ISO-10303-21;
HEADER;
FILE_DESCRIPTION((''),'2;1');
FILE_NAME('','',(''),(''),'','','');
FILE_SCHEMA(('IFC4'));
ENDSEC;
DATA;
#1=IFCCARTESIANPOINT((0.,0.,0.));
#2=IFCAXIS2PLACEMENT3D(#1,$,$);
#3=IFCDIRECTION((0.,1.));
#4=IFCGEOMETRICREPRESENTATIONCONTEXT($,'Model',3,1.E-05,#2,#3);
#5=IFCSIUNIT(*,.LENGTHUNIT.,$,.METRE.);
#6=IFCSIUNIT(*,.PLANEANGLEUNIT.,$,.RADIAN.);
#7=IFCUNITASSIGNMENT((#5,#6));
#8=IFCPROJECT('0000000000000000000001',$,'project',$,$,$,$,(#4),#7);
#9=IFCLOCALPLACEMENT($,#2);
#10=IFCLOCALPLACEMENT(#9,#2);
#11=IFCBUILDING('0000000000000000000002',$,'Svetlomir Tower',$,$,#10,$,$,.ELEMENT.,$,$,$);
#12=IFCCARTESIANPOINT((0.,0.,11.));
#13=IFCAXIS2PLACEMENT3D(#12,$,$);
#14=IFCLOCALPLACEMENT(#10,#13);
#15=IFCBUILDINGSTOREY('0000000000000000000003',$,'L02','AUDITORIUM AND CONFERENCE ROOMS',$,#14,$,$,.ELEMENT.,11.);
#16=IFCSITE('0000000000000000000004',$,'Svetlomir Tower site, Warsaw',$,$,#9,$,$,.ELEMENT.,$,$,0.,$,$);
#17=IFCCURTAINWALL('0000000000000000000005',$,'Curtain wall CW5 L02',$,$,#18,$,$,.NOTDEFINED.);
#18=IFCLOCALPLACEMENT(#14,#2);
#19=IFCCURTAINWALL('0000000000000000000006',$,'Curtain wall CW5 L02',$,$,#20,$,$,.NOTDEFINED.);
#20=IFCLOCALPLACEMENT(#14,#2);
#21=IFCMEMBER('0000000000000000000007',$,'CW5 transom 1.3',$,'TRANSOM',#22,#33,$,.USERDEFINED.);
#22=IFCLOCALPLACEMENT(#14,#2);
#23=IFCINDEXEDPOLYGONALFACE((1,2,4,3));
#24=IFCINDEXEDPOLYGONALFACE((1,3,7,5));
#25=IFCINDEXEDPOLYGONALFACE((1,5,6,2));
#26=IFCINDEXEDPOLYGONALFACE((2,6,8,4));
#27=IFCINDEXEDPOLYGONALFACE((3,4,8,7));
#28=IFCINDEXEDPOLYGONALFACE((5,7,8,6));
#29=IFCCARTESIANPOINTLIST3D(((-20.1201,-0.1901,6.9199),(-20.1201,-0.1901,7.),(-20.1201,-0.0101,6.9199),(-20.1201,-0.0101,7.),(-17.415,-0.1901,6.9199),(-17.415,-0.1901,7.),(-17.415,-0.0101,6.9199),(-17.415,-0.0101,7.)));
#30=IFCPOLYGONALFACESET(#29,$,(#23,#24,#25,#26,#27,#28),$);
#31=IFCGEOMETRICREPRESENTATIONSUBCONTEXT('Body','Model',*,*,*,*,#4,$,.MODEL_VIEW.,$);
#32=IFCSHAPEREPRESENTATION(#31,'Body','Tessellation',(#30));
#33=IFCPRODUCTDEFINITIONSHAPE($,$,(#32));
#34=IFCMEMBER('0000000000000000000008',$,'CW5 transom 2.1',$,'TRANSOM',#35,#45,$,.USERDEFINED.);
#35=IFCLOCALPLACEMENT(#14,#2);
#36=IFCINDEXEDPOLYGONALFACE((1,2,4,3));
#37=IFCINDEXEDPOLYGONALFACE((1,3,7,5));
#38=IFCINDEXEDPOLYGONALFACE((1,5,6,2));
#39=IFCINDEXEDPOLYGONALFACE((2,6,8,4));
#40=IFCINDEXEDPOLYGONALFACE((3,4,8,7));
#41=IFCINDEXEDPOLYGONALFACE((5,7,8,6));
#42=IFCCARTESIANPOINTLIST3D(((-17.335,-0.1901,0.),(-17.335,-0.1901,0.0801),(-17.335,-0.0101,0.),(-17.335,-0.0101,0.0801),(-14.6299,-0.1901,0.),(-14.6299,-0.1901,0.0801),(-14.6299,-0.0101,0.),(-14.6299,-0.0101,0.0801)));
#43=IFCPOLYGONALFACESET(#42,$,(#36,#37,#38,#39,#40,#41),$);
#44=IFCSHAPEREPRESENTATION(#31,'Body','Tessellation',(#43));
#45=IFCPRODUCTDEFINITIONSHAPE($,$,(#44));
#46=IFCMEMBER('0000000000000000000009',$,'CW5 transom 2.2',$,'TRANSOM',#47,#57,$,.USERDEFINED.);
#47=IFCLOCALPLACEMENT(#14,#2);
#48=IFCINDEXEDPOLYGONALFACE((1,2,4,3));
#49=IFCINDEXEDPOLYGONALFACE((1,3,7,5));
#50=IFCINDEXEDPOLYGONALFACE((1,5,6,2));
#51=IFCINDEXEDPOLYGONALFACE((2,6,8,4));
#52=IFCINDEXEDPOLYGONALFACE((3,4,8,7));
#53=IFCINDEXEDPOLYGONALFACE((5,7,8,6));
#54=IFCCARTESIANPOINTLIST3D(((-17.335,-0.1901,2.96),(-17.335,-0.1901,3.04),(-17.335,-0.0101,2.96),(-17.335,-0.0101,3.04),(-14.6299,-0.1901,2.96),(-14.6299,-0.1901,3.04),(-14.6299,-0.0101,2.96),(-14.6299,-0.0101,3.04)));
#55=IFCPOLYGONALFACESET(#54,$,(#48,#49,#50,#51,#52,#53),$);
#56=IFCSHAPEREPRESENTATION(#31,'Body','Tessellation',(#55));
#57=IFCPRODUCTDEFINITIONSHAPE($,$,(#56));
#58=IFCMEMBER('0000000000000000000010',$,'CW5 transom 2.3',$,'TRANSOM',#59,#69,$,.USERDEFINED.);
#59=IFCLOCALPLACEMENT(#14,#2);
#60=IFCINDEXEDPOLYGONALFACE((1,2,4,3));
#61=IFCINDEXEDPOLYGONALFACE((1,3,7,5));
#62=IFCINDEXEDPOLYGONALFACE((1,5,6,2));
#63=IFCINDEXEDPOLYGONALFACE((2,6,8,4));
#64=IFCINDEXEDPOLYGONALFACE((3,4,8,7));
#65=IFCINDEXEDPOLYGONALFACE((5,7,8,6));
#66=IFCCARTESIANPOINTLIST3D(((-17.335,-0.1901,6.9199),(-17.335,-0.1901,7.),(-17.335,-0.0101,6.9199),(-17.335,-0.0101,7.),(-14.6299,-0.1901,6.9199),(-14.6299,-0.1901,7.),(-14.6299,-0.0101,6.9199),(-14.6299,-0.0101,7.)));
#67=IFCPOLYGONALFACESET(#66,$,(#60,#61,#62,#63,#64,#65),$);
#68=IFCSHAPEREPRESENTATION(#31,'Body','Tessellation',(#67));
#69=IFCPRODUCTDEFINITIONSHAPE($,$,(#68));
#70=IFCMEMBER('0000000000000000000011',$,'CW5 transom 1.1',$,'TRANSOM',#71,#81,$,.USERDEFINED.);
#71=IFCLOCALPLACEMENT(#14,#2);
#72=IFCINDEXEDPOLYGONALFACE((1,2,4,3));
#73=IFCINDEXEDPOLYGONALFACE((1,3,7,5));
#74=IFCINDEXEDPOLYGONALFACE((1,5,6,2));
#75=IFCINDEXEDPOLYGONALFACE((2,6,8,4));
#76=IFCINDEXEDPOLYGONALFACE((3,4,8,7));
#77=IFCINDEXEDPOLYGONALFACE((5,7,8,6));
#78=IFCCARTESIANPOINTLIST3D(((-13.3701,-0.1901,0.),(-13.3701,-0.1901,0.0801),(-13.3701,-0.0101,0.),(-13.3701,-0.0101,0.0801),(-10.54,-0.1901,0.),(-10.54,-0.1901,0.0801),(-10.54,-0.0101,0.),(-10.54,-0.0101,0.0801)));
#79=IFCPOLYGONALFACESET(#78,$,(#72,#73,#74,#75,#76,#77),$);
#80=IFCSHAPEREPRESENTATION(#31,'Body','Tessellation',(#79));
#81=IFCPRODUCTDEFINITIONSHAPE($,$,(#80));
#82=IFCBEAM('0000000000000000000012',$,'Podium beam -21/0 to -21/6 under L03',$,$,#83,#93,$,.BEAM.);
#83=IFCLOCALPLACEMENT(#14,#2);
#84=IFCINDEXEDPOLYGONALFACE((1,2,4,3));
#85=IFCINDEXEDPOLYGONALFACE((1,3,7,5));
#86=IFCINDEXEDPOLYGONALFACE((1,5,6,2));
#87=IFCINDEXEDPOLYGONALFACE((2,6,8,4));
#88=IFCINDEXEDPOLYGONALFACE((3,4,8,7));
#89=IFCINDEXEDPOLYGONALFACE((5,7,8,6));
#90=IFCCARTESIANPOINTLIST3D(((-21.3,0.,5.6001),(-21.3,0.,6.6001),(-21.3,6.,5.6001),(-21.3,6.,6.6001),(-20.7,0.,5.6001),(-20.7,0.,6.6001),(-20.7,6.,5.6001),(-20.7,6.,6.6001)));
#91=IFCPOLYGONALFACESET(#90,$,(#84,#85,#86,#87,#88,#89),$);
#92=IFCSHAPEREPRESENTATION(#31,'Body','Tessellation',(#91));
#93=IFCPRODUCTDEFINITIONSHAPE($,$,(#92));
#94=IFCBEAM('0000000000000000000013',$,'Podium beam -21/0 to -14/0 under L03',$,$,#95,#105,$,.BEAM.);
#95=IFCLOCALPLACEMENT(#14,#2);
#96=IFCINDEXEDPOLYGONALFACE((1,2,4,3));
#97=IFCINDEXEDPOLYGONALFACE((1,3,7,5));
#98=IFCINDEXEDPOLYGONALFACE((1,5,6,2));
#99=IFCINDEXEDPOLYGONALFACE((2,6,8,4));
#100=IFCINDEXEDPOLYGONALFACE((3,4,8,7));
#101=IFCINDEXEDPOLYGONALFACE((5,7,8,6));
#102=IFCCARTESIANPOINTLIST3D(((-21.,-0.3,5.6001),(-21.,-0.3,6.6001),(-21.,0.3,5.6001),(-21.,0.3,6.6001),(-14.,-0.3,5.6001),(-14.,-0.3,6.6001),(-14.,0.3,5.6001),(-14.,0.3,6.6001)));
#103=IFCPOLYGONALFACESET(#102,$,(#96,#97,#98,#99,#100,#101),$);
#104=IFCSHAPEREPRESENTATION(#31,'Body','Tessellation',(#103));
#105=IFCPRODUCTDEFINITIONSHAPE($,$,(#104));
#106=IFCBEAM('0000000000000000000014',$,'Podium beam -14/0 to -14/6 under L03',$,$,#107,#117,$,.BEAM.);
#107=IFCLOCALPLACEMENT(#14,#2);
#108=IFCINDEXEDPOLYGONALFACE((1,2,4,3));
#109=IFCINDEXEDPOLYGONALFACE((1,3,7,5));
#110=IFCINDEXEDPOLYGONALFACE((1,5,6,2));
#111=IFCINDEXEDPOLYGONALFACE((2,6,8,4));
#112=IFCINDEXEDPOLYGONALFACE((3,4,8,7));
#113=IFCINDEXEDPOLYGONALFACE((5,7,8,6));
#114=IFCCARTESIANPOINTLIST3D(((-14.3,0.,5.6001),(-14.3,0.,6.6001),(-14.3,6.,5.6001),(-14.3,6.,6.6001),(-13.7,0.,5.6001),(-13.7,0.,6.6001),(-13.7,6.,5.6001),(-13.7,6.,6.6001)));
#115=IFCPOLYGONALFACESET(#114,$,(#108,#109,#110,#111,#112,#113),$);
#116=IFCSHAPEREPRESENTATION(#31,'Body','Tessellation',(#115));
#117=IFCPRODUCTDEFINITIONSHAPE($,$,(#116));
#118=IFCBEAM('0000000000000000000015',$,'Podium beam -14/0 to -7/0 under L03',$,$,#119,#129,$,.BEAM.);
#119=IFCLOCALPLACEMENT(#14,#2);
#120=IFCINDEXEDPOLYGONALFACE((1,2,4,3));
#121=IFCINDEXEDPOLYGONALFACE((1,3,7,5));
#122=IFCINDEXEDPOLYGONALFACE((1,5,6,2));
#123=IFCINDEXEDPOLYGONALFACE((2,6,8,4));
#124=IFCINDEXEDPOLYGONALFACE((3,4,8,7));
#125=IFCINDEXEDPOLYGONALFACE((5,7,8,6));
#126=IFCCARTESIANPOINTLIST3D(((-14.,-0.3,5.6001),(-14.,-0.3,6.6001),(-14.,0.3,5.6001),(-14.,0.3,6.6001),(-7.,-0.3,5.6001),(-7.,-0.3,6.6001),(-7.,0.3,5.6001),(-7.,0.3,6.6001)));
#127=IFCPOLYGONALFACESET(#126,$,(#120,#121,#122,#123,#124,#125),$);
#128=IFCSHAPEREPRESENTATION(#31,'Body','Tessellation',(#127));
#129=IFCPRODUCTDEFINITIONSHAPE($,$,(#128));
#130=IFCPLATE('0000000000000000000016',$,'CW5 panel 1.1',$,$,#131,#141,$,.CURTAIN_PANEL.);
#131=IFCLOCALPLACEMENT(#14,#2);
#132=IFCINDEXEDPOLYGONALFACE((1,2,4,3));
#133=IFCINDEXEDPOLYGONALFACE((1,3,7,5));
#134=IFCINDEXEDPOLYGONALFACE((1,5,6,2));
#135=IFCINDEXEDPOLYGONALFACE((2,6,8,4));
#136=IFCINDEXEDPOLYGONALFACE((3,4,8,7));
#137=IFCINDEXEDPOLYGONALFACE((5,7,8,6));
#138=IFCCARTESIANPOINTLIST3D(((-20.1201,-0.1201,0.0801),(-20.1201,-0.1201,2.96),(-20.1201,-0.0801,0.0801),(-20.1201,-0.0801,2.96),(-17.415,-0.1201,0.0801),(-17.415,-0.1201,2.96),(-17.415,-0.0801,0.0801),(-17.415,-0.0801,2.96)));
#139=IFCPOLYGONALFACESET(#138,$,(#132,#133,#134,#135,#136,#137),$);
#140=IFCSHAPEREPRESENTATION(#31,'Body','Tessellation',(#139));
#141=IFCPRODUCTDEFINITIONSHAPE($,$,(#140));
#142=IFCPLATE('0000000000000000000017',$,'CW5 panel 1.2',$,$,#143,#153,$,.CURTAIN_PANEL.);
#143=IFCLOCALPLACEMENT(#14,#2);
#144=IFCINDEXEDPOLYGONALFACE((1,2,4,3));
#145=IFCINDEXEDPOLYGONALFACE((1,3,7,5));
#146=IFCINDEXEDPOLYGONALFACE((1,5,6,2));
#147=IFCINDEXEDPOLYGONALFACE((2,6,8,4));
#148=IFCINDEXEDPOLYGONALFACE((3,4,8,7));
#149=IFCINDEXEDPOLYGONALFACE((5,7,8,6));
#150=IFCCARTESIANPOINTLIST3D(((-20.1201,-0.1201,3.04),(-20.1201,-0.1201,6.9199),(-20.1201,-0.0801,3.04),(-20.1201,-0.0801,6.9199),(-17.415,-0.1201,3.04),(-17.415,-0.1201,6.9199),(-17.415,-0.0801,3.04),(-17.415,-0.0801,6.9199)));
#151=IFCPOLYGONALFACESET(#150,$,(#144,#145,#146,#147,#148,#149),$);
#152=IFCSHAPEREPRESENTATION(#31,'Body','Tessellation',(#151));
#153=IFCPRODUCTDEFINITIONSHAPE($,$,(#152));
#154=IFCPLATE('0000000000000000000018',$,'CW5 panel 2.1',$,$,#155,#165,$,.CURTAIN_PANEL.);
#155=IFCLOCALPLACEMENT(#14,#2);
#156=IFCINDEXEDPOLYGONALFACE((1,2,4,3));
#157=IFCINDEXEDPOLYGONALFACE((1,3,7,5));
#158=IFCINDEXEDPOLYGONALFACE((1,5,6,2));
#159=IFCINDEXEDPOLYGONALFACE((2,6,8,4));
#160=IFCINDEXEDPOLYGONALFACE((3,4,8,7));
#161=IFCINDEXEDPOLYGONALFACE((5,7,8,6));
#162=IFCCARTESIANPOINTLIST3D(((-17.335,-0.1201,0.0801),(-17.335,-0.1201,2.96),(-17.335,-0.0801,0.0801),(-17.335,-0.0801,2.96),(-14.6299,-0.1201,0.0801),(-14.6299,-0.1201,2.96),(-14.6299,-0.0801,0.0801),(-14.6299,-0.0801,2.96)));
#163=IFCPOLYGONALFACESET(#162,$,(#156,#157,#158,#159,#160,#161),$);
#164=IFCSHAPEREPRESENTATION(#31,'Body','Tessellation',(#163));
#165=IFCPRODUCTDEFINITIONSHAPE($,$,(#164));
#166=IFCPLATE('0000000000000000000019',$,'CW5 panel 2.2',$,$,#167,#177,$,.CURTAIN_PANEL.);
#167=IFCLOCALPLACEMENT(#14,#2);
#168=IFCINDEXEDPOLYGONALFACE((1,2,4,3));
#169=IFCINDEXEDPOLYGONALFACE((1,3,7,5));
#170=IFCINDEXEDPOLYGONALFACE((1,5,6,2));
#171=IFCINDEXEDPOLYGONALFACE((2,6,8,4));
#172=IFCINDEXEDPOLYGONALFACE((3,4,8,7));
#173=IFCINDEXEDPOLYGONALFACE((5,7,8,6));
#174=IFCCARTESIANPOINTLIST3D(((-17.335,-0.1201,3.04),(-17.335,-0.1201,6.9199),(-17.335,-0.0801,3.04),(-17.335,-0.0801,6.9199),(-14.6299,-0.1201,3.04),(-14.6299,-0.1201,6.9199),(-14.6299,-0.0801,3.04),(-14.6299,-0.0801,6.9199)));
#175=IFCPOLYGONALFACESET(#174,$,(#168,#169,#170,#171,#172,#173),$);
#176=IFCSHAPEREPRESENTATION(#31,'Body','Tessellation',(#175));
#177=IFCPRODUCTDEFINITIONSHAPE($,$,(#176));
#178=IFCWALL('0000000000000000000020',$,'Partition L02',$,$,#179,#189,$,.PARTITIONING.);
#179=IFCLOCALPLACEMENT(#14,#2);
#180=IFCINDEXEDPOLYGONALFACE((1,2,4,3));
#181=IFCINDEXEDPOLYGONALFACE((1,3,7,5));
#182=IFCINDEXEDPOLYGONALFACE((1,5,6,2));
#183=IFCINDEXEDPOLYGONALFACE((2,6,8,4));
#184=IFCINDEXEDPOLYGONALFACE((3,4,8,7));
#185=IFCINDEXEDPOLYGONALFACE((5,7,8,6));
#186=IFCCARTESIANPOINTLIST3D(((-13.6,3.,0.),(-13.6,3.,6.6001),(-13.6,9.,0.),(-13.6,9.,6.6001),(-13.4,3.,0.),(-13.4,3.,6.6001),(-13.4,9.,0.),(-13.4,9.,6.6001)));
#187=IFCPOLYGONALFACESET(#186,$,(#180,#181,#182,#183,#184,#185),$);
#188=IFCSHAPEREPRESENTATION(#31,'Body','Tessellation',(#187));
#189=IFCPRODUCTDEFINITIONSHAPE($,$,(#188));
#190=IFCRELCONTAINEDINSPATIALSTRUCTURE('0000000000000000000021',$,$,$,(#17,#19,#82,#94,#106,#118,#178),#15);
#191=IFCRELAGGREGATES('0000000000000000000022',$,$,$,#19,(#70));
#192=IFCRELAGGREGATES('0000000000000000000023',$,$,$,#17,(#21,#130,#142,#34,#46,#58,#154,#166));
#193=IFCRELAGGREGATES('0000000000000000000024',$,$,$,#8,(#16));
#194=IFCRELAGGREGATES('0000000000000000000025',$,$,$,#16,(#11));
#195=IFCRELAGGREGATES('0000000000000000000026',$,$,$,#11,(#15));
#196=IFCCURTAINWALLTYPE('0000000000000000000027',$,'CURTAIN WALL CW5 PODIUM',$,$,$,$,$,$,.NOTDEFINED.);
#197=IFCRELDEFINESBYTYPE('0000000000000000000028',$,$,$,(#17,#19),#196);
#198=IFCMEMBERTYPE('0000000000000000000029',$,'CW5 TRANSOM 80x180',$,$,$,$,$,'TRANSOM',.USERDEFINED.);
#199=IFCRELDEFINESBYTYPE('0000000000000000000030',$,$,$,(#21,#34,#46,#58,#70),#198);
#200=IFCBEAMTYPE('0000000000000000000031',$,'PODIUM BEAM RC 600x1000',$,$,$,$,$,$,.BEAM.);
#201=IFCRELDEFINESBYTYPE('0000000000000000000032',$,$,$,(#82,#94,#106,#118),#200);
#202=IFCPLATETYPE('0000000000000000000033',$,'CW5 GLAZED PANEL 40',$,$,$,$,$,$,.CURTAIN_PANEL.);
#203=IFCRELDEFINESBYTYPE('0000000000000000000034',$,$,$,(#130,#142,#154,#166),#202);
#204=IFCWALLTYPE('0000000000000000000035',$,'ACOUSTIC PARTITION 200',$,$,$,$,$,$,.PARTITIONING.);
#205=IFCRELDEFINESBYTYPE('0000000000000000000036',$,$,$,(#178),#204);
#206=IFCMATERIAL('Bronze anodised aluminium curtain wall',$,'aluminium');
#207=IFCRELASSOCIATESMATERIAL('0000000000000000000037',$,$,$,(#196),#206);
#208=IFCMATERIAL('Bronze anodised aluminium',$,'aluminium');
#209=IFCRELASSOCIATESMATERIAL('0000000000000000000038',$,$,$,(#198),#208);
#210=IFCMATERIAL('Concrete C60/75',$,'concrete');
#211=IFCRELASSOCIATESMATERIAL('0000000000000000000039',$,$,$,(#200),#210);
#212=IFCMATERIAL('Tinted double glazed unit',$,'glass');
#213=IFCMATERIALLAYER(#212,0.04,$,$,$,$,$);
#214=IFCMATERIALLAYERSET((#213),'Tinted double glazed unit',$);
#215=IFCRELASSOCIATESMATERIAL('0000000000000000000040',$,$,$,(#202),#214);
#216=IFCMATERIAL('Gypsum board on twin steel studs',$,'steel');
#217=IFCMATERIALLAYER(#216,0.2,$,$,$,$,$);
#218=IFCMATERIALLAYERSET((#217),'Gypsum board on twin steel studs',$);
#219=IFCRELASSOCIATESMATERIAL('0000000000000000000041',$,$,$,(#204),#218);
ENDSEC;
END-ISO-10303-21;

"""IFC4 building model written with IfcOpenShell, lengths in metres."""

from ifc_helpers import new_model, si_unit, direction, frame, frame_2d, origin, origin_2d, place, context, subcontext, project, spatial, rectangle, extrude, material, layer, layer_set, material_profile, profile_set, type_object, element, aggregate, save


model = new_model("IFC4")

# Units and contexts
model_context = context("Model", 3, precision=1e-05, world=origin(), true_north=direction((0.0, 1.0)))
body_context = subcontext(model_context, "Body", "Model", "MODEL_VIEW")
ifc_project = project(units=[si_unit("LENGTHUNIT", "METRE"), si_unit("PLANEANGLEUNIT", "RADIAN")], contexts=[model_context])

# Site, building, storey
site_placement = place(None, origin())
site = spatial("IfcSite", under=ifc_project, at=site_placement, Name="Svetlomir Tower site, Warsaw", CompositionType="ELEMENT", RefElevation=0.0)
building_placement = place(site_placement, origin())
building = spatial("IfcBuilding", under=site, at=building_placement, Name="Svetlomir Tower", CompositionType="ELEMENT")
storey_placement = place(building_placement, frame((0.0, 0.0, 11.0)))
storey = spatial("IfcBuildingStorey", under=building, at=storey_placement, Name="L02", Description="AUDITORIUM AND CONFERENCE ROOMS", CompositionType="ELEMENT", Elevation=11.0)

# Curtain wall
ifc_material_1 = material(Name="Bronze anodised aluminium curtain wall", Category="aluminium")
curtain_wall_type = type_object("IfcCurtainWallType", Name="CURTAIN WALL CW5 PODIUM", PredefinedType="NOTDEFINED", material=ifc_material_1)
curtain_wall_1_placement = place(storey_placement, origin())
curtain_wall_1 = element("IfcCurtainWall", 1, at=curtain_wall_1_placement, inside=storey, type_object=curtain_wall_type, Name="Curtain wall CW5 L02", PredefinedType="NOTDEFINED")

# Curtain wall
curtain_wall_2_placement = place(storey_placement, origin())
curtain_wall_2 = element("IfcCurtainWall", 2, at=curtain_wall_2_placement, inside=storey, type_object=curtain_wall_type, Name="Curtain wall CW5 L02", PredefinedType="NOTDEFINED")

# Members
ifc_material_2 = material(Name="Bronze anodised aluminium", Category="aluminium")
ifc_material_profile_1 = material_profile(ifc_material_2, rectangle(XDim=0.1799, YDim=0.0801, at=origin_2d()), Name="AL 180x80")
ifc_profile_set_1 = profile_set([ifc_material_profile_1], Name="Bronze anodised aluminium 6063-T6")
member_type_1 = type_object("IfcMemberType", Name="CW5 TRANSOM 80x180", ElementType="TRANSOM", PredefinedType="USERDEFINED", material=ifc_profile_set_1)
member_1_placement = place(storey_placement, frame((-20.1201, -0.1001, 6.96), z_axis=(1.0, 0.0, 0.0), x_axis=(0.0, 1.0, 0.0)))
member_1 = element("IfcMember", 3, at=member_1_placement, type_object=member_type_1, Name="CW5 transom 1.3", ObjectType="TRANSOM", PredefinedType="USERDEFINED", context=body_context, shape_type="SweptSolid", body=[
    extrude(rectangle(XDim=0.1799, YDim=0.0801, at=origin_2d()), origin(), (0.0, 0.0, 1.0), 2.7051),
])
member_2_placement = place(storey_placement, frame((-17.335, -0.1001, 0.04), z_axis=(1.0, 0.0, 0.0), x_axis=(0.0, 1.0, 0.0)))
member_2 = element("IfcMember", 4, at=member_2_placement, type_object=member_type_1, Name="CW5 transom 2.1", ObjectType="TRANSOM", PredefinedType="USERDEFINED", context=body_context, shape_type="SweptSolid", body=[
    extrude(rectangle(XDim=0.1799, YDim=0.0801, at=origin_2d()), origin(), (0.0, 0.0, 1.0), 2.7051),
])
member_3_placement = place(storey_placement, frame((-17.335, -0.1001, 3.0), z_axis=(1.0, 0.0, 0.0), x_axis=(0.0, 1.0, 0.0)))
member_3 = element("IfcMember", 5, at=member_3_placement, type_object=member_type_1, Name="CW5 transom 2.2", ObjectType="TRANSOM", PredefinedType="USERDEFINED", context=body_context, shape_type="SweptSolid", body=[
    extrude(rectangle(XDim=0.1799, YDim=0.0801, at=origin_2d()), origin(), (0.0, 0.0, 1.0), 2.7051),
])
member_4_placement = place(storey_placement, frame((-17.335, -0.1001, 6.96), z_axis=(1.0, 0.0, 0.0), x_axis=(0.0, 1.0, 0.0)))
member_4 = element("IfcMember", 6, at=member_4_placement, type_object=member_type_1, Name="CW5 transom 2.3", ObjectType="TRANSOM", PredefinedType="USERDEFINED", context=body_context, shape_type="SweptSolid", body=[
    extrude(rectangle(XDim=0.1799, YDim=0.0801, at=origin_2d()), origin(), (0.0, 0.0, 1.0), 2.7051),
])
member_5_placement = place(storey_placement, frame((-13.3701, -0.1001, 0.04), z_axis=(1.0, 0.0, 0.0), x_axis=(0.0, 1.0, 0.0)))
member_5 = element("IfcMember", 7, at=member_5_placement, type_object=member_type_1, Name="CW5 transom 1.1", ObjectType="TRANSOM", PredefinedType="USERDEFINED", context=body_context, shape_type="SweptSolid", body=[
    extrude(rectangle(XDim=0.1799, YDim=0.0801, at=origin_2d()), origin(), (0.0, 0.0, 1.0), 2.8301),
])
aggregate(curtain_wall_2, [member_5])

# Beams
ifc_material_3 = material(Name="Concrete C60/75", Category="concrete")
ifc_material_profile_2 = material_profile(ifc_material_3, rectangle(XDim=0.6001, YDim=1.0, at=origin_2d()), Name="RC 600x1000")
ifc_profile_set_2 = profile_set([ifc_material_profile_2], Name="Concrete C60/75")
beam_type = type_object("IfcBeamType", Name="PODIUM BEAM RC 600x1000", PredefinedType="BEAM", material=ifc_profile_set_2)
beam_1_placement = place(storey_placement, frame((-21.0, 0.0, 6.1001), z_axis=(0.0, 1.0, 0.0), x_axis=(-1.0, 0.0, 0.0)))
element("IfcBeam", 8, at=beam_1_placement, inside=storey, type_object=beam_type, Name="Podium beam -21/0 to -21/6 under L03", PredefinedType="BEAM", context=body_context, shape_type="SweptSolid", body=[
    extrude(rectangle(XDim=0.6001, YDim=1.0, at=origin_2d()), origin(), (0.0, 0.0, 1.0), 6.0),
])
beam_2_placement = place(storey_placement, frame((-21.0, 0.0, 6.1001), z_axis=(1.0, 0.0, 0.0), x_axis=(0.0, 1.0, 0.0)))
element("IfcBeam", 9, at=beam_2_placement, inside=storey, type_object=beam_type, Name="Podium beam -21/0 to -14/0 under L03", PredefinedType="BEAM", context=body_context, shape_type="SweptSolid", body=[
    extrude(rectangle(XDim=0.6001, YDim=1.0, at=origin_2d()), origin(), (0.0, 0.0, 1.0), 7.0),
])
beam_3_placement = place(storey_placement, frame((-14.0, 0.0, 6.1001), z_axis=(0.0, 1.0, 0.0), x_axis=(-1.0, 0.0, 0.0)))
element("IfcBeam", 10, at=beam_3_placement, inside=storey, type_object=beam_type, Name="Podium beam -14/0 to -14/6 under L03", PredefinedType="BEAM", context=body_context, shape_type="SweptSolid", body=[
    extrude(rectangle(XDim=0.6001, YDim=1.0, at=origin_2d()), origin(), (0.0, 0.0, 1.0), 6.0),
])
beam_4_placement = place(storey_placement, frame((-14.0, 0.0, 6.1001), z_axis=(1.0, 0.0, 0.0), x_axis=(0.0, 1.0, 0.0)))
element("IfcBeam", 11, at=beam_4_placement, inside=storey, type_object=beam_type, Name="Podium beam -14/0 to -7/0 under L03", PredefinedType="BEAM", context=body_context, shape_type="SweptSolid", body=[
    extrude(rectangle(XDim=0.6001, YDim=1.0, at=origin_2d()), origin(), (0.0, 0.0, 1.0), 7.0),
])

# Plates
ifc_material_4 = material(Name="Tinted double glazed unit", Category="glass")
ifc_layer_1 = layer(ifc_material_4, 0.04)
ifc_layer_set_1 = layer_set([ifc_layer_1], Name="Tinted double glazed unit")
plate_type = type_object("IfcPlateType", Name="CW5 GLAZED PANEL 40", PredefinedType="CURTAIN_PANEL", material=ifc_layer_set_1)
plate_1_placement = place(storey_placement, frame((-18.7676, -0.1001, 0.0801), z_axis=(0.0, 0.0, 1.0), x_axis=(1.0, 0.0, 0.0)))
plate_1 = element("IfcPlate", 12, at=plate_1_placement, type_object=plate_type, Name="CW5 panel 1.1", PredefinedType="CURTAIN_PANEL", context=body_context, shape_type="SweptSolid", body=[
    extrude(rectangle(XDim=2.7051, YDim=0.04, at=origin_2d()), origin(), (0.0, 0.0, 1.0), 2.8799),
])
plate_2_placement = place(storey_placement, frame((-18.7676, -0.1001, 3.04), z_axis=(0.0, 0.0, 1.0), x_axis=(1.0, 0.0, 0.0)))
plate_2 = element("IfcPlate", 13, at=plate_2_placement, type_object=plate_type, Name="CW5 panel 1.2", PredefinedType="CURTAIN_PANEL", context=body_context, shape_type="SweptSolid", body=[
    extrude(rectangle(XDim=2.7051, YDim=0.04, at=origin_2d()), origin(), (0.0, 0.0, 1.0), 3.8799),
])
plate_3_placement = place(storey_placement, frame((-15.9824, -0.1001, 0.0801), z_axis=(0.0, 0.0, 1.0), x_axis=(1.0, 0.0, 0.0)))
plate_3 = element("IfcPlate", 14, at=plate_3_placement, type_object=plate_type, Name="CW5 panel 2.1", PredefinedType="CURTAIN_PANEL", context=body_context, shape_type="SweptSolid", body=[
    extrude(rectangle(XDim=2.7051, YDim=0.04, at=origin_2d()), origin(), (0.0, 0.0, 1.0), 2.8799),
])
plate_4_placement = place(storey_placement, frame((-15.9824, -0.1001, 3.04), z_axis=(0.0, 0.0, 1.0), x_axis=(1.0, 0.0, 0.0)))
plate_4 = element("IfcPlate", 15, at=plate_4_placement, type_object=plate_type, Name="CW5 panel 2.2", PredefinedType="CURTAIN_PANEL", context=body_context, shape_type="SweptSolid", body=[
    extrude(rectangle(XDim=2.7051, YDim=0.04, at=origin_2d()), origin(), (0.0, 0.0, 1.0), 3.8799),
])
aggregate(curtain_wall_1, [member_1, plate_1, plate_2, member_2, member_3, member_4, plate_3, plate_4])

# Wall
ifc_material_5 = material(Name="Gypsum board on twin steel studs", Category="steel")
ifc_layer_2 = layer(ifc_material_5, 0.2)
ifc_layer_set_2 = layer_set([ifc_layer_2], Name="Gypsum board on twin steel studs")
wall_type_1 = type_object("IfcWallType", Name="ACOUSTIC PARTITION 200", PredefinedType="PARTITIONING", material=ifc_layer_set_2)
wall_1_placement = place(storey_placement, frame((-13.5, 3.0, 0.0), z_axis=(0.0, 0.0, 1.0), x_axis=(0.0, 1.0, 0.0)))
element("IfcWall", 16, at=wall_1_placement, inside=storey, type_object=wall_type_1, Name="Partition L02", PredefinedType="PARTITIONING", context=body_context, shape_type="SweptSolid", body=[
    extrude(rectangle(XDim=6.0, YDim=0.2, at=frame_2d((3.0, 0.0))), origin(), (0.0, 0.0, 1.0), 6.6001),
])

save(model, "model.ifc")
